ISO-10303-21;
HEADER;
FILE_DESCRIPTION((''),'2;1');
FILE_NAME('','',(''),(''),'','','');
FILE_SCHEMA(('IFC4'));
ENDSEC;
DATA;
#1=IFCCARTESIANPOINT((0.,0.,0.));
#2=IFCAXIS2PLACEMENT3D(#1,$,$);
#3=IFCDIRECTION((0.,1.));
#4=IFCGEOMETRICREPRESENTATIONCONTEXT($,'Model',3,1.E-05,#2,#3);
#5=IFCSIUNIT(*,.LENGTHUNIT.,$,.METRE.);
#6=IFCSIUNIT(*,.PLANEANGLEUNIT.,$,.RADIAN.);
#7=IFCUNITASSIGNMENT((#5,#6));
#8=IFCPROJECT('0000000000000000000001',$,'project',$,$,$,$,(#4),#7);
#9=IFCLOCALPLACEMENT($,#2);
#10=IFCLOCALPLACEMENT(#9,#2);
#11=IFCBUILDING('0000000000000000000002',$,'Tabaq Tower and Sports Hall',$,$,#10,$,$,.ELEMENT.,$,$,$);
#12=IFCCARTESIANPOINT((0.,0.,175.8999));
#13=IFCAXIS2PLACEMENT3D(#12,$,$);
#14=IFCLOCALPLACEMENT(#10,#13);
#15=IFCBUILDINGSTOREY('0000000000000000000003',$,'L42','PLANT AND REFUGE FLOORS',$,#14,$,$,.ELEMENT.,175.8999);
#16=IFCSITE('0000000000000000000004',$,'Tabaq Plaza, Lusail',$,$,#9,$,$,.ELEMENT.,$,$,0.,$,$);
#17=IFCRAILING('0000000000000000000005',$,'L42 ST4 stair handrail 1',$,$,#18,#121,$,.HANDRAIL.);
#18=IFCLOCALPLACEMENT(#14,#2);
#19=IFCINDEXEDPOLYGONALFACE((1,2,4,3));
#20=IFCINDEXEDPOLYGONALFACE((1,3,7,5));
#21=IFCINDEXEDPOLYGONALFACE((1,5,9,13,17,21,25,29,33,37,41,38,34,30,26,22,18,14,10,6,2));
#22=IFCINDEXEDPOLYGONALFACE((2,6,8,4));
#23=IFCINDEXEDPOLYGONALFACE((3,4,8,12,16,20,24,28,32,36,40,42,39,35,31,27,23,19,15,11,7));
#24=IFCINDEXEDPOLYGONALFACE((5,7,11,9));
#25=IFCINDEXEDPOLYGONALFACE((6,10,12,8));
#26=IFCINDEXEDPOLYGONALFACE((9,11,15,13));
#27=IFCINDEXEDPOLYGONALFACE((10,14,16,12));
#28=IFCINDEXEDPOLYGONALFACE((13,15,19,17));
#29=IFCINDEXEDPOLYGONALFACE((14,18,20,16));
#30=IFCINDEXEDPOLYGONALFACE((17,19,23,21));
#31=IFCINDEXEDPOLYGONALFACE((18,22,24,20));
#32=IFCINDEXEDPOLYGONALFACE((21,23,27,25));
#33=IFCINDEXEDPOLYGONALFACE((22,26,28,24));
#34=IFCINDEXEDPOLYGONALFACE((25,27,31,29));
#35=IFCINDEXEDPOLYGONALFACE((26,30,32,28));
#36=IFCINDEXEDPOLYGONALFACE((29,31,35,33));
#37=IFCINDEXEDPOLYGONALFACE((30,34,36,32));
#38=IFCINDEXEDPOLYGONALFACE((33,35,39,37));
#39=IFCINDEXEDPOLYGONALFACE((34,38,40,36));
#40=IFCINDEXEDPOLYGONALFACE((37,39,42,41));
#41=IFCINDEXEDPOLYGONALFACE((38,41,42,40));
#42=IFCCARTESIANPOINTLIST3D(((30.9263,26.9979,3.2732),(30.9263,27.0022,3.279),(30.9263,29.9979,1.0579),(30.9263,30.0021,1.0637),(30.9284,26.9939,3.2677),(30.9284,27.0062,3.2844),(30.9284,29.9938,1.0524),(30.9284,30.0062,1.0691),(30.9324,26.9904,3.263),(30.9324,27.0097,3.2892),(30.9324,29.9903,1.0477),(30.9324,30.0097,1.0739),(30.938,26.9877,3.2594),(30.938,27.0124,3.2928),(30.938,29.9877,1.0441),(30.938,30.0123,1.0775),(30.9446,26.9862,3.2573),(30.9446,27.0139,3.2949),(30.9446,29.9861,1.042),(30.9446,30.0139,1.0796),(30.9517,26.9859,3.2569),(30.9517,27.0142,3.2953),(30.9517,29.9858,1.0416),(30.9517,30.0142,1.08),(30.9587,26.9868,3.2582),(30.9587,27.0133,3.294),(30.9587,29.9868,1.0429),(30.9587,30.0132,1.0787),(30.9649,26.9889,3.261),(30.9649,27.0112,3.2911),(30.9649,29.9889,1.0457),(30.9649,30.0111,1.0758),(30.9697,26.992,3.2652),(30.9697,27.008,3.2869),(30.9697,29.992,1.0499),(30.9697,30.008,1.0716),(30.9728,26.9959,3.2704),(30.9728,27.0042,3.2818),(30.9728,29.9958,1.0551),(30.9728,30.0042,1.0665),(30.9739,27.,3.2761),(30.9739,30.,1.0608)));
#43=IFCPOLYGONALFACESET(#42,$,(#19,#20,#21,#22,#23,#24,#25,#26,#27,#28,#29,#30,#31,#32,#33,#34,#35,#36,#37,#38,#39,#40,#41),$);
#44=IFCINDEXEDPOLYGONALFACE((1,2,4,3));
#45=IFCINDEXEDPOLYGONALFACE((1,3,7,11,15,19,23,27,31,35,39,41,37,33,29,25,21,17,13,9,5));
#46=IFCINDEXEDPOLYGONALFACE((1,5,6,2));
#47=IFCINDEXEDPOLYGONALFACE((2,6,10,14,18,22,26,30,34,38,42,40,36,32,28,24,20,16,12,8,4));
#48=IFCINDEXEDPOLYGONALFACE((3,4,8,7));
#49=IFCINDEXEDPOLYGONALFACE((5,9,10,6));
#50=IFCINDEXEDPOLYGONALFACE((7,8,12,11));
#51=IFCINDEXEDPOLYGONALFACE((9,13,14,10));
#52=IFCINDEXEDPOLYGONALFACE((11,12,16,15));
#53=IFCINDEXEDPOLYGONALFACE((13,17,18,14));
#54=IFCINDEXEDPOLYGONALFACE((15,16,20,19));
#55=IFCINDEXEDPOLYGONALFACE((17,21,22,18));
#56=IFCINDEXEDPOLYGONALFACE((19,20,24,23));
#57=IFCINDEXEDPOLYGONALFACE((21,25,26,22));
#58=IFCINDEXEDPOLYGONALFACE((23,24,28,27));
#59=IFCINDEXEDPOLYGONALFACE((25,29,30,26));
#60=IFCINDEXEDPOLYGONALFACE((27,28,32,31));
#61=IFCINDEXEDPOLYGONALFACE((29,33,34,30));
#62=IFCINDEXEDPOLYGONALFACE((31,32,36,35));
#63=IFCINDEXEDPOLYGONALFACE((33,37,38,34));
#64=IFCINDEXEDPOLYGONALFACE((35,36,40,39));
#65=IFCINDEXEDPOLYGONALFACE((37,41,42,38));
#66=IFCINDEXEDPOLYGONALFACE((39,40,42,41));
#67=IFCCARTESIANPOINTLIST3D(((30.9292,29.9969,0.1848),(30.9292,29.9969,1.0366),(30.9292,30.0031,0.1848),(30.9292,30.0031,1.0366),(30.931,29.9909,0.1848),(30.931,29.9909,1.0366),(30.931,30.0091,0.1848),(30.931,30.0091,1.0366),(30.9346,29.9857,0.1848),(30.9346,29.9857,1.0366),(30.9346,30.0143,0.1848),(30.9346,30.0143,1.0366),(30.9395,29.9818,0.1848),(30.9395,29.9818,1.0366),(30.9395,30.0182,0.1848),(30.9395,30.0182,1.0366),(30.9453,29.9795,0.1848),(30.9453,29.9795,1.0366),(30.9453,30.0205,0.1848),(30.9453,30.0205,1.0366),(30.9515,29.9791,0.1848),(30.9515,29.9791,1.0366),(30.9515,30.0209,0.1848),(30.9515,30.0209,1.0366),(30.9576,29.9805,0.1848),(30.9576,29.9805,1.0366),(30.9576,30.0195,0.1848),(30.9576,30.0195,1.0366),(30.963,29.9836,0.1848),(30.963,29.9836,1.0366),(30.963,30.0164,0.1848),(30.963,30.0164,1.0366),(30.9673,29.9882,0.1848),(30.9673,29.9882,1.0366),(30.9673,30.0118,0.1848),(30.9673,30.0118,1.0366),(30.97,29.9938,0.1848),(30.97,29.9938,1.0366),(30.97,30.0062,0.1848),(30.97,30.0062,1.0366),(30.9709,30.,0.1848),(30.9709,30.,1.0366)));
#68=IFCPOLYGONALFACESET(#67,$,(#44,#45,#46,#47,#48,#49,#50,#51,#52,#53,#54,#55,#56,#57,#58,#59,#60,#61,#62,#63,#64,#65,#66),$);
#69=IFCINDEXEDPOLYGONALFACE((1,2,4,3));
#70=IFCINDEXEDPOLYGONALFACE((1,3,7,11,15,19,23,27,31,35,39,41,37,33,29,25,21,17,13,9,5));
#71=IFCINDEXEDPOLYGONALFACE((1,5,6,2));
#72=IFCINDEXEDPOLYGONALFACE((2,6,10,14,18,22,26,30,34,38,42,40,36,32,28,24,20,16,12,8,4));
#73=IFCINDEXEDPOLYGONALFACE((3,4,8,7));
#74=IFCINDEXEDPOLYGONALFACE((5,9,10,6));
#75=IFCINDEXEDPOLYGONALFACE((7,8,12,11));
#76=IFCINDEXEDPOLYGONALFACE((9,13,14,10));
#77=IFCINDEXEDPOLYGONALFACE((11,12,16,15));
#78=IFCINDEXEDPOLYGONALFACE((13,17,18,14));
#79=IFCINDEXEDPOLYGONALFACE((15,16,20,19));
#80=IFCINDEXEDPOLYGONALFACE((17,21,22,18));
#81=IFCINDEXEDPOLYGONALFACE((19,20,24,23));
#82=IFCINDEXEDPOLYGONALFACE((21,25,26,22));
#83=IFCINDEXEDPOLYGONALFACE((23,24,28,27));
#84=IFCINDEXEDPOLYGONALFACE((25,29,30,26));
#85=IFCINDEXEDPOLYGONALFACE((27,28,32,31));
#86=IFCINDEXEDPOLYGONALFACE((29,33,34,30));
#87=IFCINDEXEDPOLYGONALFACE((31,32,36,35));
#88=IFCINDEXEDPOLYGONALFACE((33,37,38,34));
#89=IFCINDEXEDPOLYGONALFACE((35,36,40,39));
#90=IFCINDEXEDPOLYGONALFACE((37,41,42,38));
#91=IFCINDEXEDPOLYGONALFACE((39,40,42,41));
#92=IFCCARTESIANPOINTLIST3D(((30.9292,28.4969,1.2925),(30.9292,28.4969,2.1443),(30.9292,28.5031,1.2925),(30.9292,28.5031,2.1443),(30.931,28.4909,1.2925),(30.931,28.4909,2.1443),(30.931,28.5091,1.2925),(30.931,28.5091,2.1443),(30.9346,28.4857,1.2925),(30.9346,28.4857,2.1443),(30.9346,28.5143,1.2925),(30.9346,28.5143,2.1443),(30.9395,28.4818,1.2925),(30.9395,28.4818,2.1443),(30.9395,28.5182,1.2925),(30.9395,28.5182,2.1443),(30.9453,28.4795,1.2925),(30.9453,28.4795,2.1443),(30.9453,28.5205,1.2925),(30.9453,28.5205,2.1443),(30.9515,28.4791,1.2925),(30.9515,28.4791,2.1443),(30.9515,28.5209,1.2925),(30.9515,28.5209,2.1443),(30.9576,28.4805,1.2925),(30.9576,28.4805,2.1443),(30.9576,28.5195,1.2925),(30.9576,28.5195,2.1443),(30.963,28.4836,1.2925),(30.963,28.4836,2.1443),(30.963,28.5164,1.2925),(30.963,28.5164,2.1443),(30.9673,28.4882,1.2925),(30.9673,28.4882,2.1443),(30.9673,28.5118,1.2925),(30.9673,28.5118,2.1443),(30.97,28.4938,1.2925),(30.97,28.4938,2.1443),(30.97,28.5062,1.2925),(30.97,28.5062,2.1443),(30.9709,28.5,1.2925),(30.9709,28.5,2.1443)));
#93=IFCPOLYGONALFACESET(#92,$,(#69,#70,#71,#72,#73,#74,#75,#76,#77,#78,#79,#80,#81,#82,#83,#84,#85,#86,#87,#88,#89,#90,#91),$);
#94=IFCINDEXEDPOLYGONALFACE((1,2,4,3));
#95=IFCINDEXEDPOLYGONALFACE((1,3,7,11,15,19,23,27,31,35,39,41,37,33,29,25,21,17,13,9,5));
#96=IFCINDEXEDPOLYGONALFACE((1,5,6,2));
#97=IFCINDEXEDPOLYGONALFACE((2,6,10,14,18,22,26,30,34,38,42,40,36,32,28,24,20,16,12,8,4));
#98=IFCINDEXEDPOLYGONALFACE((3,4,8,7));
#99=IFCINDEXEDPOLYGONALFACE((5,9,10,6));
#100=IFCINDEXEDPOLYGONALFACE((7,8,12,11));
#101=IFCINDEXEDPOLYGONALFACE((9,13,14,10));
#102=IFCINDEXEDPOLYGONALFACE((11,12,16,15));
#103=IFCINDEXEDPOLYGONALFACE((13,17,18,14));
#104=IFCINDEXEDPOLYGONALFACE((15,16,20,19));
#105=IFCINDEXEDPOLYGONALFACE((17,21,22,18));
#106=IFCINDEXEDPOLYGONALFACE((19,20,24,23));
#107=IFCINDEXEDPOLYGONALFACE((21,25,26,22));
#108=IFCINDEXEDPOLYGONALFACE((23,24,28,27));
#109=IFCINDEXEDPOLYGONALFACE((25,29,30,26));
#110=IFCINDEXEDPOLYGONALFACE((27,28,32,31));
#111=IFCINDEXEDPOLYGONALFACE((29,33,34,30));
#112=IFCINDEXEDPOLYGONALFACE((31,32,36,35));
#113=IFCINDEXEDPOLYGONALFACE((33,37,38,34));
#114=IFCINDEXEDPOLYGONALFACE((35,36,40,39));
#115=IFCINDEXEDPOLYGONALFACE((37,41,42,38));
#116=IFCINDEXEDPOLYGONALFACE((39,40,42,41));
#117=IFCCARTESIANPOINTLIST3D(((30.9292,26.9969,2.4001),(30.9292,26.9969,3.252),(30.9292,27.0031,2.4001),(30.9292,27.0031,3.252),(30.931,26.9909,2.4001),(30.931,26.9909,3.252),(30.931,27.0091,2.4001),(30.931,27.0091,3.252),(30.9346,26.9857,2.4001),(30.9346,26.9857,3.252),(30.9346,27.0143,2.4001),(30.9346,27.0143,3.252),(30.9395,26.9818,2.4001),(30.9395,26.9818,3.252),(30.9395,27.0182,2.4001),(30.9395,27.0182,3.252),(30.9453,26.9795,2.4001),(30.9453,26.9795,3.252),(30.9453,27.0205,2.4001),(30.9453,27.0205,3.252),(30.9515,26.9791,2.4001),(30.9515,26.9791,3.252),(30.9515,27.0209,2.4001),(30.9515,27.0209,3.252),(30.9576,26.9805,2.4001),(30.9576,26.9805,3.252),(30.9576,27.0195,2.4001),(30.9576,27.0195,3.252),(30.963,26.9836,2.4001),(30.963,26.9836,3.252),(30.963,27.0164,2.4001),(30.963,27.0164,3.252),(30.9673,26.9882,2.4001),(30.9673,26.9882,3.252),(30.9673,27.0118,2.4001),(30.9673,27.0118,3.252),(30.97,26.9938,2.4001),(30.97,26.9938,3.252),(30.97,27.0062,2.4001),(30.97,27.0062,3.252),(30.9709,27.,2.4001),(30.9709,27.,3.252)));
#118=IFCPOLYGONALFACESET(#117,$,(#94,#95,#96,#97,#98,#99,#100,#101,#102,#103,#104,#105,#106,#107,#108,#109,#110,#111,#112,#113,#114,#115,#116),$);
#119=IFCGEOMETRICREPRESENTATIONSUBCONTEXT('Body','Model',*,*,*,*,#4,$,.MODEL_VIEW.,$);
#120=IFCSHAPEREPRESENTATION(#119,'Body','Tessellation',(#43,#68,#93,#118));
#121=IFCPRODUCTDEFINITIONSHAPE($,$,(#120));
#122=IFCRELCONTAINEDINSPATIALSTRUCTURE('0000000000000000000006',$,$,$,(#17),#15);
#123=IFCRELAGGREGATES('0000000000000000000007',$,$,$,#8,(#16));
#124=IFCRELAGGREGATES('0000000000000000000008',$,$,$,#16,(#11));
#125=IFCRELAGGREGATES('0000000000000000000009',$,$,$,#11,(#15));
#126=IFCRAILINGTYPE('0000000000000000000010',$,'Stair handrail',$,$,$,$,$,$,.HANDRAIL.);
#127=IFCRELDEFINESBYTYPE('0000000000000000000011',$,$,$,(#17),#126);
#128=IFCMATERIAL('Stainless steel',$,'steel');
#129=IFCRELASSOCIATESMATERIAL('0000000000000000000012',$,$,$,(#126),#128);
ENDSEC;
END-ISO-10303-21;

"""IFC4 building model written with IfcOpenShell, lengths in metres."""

from ifc_helpers import new_model, si_unit, direction, frame, origin, origin_2d, place, context, subcontext, project, spatial, circle, extrude, material, type_object, element, save


model = new_model("IFC4")

# Units and contexts
model_context = context("Model", 3, precision=1e-05, world=origin(), true_north=direction((0.0, 1.0)))
body_context = subcontext(model_context, "Body", "Model", "MODEL_VIEW")
ifc_project = project(units=[si_unit("LENGTHUNIT", "METRE"), si_unit("PLANEANGLEUNIT", "RADIAN")], contexts=[model_context])

# Site, building, storey
site_placement = place(None, origin())
site = spatial("IfcSite", under=ifc_project, at=site_placement, Name="Tabaq Plaza, Lusail", CompositionType="ELEMENT", RefElevation=0.0)
building_placement = place(site_placement, origin())
building = spatial("IfcBuilding", under=site, at=building_placement, Name="Tabaq Tower and Sports Hall", CompositionType="ELEMENT")
storey_placement = place(building_placement, frame((0.0, 0.0, 175.8999)))
storey = spatial("IfcBuildingStorey", under=building, at=storey_placement, Name="L42", Description="PLANT AND REFUGE FLOORS", CompositionType="ELEMENT", Elevation=175.8999)

# Railing
ifc_material_1 = material(Name="Stainless steel", Category="steel")
railing_type_1 = type_object("IfcRailingType", Name="Stair handrail", PredefinedType="HANDRAIL", material=ifc_material_1)
railing_1_placement = place(storey_placement, frame((30.95, 30.0, 0.1848)))
element("IfcRailing", 1, at=railing_1_placement, inside=storey, type_object=railing_type_1, Name="L42 ST4 stair handrail 1", PredefinedType="HANDRAIL", context=body_context, shape_type="SweptSolid", body=[
    extrude(circle(Radius=0.0239, at=origin_2d()), frame((0.0, 0.0, 0.876), z_axis=(0.0, -0.80444, 0.594034), x_axis=(1.0, 0.0, 0.0)), (0.0, 0.0, 1.0), 3.7292),
    extrude(circle(Radius=0.021, at=origin_2d()), origin(), (0.0, 0.0, 1.0), 0.8518),
    extrude(circle(Radius=0.021, at=origin_2d()), frame((0.0, -1.5, 1.1077)), (0.0, 0.0, 1.0), 0.8518),
    extrude(circle(Radius=0.021, at=origin_2d()), frame((0.0, -3.0, 2.2153)), (0.0, 0.0, 1.0), 0.8518),
])

save(model, "model.ifc")
